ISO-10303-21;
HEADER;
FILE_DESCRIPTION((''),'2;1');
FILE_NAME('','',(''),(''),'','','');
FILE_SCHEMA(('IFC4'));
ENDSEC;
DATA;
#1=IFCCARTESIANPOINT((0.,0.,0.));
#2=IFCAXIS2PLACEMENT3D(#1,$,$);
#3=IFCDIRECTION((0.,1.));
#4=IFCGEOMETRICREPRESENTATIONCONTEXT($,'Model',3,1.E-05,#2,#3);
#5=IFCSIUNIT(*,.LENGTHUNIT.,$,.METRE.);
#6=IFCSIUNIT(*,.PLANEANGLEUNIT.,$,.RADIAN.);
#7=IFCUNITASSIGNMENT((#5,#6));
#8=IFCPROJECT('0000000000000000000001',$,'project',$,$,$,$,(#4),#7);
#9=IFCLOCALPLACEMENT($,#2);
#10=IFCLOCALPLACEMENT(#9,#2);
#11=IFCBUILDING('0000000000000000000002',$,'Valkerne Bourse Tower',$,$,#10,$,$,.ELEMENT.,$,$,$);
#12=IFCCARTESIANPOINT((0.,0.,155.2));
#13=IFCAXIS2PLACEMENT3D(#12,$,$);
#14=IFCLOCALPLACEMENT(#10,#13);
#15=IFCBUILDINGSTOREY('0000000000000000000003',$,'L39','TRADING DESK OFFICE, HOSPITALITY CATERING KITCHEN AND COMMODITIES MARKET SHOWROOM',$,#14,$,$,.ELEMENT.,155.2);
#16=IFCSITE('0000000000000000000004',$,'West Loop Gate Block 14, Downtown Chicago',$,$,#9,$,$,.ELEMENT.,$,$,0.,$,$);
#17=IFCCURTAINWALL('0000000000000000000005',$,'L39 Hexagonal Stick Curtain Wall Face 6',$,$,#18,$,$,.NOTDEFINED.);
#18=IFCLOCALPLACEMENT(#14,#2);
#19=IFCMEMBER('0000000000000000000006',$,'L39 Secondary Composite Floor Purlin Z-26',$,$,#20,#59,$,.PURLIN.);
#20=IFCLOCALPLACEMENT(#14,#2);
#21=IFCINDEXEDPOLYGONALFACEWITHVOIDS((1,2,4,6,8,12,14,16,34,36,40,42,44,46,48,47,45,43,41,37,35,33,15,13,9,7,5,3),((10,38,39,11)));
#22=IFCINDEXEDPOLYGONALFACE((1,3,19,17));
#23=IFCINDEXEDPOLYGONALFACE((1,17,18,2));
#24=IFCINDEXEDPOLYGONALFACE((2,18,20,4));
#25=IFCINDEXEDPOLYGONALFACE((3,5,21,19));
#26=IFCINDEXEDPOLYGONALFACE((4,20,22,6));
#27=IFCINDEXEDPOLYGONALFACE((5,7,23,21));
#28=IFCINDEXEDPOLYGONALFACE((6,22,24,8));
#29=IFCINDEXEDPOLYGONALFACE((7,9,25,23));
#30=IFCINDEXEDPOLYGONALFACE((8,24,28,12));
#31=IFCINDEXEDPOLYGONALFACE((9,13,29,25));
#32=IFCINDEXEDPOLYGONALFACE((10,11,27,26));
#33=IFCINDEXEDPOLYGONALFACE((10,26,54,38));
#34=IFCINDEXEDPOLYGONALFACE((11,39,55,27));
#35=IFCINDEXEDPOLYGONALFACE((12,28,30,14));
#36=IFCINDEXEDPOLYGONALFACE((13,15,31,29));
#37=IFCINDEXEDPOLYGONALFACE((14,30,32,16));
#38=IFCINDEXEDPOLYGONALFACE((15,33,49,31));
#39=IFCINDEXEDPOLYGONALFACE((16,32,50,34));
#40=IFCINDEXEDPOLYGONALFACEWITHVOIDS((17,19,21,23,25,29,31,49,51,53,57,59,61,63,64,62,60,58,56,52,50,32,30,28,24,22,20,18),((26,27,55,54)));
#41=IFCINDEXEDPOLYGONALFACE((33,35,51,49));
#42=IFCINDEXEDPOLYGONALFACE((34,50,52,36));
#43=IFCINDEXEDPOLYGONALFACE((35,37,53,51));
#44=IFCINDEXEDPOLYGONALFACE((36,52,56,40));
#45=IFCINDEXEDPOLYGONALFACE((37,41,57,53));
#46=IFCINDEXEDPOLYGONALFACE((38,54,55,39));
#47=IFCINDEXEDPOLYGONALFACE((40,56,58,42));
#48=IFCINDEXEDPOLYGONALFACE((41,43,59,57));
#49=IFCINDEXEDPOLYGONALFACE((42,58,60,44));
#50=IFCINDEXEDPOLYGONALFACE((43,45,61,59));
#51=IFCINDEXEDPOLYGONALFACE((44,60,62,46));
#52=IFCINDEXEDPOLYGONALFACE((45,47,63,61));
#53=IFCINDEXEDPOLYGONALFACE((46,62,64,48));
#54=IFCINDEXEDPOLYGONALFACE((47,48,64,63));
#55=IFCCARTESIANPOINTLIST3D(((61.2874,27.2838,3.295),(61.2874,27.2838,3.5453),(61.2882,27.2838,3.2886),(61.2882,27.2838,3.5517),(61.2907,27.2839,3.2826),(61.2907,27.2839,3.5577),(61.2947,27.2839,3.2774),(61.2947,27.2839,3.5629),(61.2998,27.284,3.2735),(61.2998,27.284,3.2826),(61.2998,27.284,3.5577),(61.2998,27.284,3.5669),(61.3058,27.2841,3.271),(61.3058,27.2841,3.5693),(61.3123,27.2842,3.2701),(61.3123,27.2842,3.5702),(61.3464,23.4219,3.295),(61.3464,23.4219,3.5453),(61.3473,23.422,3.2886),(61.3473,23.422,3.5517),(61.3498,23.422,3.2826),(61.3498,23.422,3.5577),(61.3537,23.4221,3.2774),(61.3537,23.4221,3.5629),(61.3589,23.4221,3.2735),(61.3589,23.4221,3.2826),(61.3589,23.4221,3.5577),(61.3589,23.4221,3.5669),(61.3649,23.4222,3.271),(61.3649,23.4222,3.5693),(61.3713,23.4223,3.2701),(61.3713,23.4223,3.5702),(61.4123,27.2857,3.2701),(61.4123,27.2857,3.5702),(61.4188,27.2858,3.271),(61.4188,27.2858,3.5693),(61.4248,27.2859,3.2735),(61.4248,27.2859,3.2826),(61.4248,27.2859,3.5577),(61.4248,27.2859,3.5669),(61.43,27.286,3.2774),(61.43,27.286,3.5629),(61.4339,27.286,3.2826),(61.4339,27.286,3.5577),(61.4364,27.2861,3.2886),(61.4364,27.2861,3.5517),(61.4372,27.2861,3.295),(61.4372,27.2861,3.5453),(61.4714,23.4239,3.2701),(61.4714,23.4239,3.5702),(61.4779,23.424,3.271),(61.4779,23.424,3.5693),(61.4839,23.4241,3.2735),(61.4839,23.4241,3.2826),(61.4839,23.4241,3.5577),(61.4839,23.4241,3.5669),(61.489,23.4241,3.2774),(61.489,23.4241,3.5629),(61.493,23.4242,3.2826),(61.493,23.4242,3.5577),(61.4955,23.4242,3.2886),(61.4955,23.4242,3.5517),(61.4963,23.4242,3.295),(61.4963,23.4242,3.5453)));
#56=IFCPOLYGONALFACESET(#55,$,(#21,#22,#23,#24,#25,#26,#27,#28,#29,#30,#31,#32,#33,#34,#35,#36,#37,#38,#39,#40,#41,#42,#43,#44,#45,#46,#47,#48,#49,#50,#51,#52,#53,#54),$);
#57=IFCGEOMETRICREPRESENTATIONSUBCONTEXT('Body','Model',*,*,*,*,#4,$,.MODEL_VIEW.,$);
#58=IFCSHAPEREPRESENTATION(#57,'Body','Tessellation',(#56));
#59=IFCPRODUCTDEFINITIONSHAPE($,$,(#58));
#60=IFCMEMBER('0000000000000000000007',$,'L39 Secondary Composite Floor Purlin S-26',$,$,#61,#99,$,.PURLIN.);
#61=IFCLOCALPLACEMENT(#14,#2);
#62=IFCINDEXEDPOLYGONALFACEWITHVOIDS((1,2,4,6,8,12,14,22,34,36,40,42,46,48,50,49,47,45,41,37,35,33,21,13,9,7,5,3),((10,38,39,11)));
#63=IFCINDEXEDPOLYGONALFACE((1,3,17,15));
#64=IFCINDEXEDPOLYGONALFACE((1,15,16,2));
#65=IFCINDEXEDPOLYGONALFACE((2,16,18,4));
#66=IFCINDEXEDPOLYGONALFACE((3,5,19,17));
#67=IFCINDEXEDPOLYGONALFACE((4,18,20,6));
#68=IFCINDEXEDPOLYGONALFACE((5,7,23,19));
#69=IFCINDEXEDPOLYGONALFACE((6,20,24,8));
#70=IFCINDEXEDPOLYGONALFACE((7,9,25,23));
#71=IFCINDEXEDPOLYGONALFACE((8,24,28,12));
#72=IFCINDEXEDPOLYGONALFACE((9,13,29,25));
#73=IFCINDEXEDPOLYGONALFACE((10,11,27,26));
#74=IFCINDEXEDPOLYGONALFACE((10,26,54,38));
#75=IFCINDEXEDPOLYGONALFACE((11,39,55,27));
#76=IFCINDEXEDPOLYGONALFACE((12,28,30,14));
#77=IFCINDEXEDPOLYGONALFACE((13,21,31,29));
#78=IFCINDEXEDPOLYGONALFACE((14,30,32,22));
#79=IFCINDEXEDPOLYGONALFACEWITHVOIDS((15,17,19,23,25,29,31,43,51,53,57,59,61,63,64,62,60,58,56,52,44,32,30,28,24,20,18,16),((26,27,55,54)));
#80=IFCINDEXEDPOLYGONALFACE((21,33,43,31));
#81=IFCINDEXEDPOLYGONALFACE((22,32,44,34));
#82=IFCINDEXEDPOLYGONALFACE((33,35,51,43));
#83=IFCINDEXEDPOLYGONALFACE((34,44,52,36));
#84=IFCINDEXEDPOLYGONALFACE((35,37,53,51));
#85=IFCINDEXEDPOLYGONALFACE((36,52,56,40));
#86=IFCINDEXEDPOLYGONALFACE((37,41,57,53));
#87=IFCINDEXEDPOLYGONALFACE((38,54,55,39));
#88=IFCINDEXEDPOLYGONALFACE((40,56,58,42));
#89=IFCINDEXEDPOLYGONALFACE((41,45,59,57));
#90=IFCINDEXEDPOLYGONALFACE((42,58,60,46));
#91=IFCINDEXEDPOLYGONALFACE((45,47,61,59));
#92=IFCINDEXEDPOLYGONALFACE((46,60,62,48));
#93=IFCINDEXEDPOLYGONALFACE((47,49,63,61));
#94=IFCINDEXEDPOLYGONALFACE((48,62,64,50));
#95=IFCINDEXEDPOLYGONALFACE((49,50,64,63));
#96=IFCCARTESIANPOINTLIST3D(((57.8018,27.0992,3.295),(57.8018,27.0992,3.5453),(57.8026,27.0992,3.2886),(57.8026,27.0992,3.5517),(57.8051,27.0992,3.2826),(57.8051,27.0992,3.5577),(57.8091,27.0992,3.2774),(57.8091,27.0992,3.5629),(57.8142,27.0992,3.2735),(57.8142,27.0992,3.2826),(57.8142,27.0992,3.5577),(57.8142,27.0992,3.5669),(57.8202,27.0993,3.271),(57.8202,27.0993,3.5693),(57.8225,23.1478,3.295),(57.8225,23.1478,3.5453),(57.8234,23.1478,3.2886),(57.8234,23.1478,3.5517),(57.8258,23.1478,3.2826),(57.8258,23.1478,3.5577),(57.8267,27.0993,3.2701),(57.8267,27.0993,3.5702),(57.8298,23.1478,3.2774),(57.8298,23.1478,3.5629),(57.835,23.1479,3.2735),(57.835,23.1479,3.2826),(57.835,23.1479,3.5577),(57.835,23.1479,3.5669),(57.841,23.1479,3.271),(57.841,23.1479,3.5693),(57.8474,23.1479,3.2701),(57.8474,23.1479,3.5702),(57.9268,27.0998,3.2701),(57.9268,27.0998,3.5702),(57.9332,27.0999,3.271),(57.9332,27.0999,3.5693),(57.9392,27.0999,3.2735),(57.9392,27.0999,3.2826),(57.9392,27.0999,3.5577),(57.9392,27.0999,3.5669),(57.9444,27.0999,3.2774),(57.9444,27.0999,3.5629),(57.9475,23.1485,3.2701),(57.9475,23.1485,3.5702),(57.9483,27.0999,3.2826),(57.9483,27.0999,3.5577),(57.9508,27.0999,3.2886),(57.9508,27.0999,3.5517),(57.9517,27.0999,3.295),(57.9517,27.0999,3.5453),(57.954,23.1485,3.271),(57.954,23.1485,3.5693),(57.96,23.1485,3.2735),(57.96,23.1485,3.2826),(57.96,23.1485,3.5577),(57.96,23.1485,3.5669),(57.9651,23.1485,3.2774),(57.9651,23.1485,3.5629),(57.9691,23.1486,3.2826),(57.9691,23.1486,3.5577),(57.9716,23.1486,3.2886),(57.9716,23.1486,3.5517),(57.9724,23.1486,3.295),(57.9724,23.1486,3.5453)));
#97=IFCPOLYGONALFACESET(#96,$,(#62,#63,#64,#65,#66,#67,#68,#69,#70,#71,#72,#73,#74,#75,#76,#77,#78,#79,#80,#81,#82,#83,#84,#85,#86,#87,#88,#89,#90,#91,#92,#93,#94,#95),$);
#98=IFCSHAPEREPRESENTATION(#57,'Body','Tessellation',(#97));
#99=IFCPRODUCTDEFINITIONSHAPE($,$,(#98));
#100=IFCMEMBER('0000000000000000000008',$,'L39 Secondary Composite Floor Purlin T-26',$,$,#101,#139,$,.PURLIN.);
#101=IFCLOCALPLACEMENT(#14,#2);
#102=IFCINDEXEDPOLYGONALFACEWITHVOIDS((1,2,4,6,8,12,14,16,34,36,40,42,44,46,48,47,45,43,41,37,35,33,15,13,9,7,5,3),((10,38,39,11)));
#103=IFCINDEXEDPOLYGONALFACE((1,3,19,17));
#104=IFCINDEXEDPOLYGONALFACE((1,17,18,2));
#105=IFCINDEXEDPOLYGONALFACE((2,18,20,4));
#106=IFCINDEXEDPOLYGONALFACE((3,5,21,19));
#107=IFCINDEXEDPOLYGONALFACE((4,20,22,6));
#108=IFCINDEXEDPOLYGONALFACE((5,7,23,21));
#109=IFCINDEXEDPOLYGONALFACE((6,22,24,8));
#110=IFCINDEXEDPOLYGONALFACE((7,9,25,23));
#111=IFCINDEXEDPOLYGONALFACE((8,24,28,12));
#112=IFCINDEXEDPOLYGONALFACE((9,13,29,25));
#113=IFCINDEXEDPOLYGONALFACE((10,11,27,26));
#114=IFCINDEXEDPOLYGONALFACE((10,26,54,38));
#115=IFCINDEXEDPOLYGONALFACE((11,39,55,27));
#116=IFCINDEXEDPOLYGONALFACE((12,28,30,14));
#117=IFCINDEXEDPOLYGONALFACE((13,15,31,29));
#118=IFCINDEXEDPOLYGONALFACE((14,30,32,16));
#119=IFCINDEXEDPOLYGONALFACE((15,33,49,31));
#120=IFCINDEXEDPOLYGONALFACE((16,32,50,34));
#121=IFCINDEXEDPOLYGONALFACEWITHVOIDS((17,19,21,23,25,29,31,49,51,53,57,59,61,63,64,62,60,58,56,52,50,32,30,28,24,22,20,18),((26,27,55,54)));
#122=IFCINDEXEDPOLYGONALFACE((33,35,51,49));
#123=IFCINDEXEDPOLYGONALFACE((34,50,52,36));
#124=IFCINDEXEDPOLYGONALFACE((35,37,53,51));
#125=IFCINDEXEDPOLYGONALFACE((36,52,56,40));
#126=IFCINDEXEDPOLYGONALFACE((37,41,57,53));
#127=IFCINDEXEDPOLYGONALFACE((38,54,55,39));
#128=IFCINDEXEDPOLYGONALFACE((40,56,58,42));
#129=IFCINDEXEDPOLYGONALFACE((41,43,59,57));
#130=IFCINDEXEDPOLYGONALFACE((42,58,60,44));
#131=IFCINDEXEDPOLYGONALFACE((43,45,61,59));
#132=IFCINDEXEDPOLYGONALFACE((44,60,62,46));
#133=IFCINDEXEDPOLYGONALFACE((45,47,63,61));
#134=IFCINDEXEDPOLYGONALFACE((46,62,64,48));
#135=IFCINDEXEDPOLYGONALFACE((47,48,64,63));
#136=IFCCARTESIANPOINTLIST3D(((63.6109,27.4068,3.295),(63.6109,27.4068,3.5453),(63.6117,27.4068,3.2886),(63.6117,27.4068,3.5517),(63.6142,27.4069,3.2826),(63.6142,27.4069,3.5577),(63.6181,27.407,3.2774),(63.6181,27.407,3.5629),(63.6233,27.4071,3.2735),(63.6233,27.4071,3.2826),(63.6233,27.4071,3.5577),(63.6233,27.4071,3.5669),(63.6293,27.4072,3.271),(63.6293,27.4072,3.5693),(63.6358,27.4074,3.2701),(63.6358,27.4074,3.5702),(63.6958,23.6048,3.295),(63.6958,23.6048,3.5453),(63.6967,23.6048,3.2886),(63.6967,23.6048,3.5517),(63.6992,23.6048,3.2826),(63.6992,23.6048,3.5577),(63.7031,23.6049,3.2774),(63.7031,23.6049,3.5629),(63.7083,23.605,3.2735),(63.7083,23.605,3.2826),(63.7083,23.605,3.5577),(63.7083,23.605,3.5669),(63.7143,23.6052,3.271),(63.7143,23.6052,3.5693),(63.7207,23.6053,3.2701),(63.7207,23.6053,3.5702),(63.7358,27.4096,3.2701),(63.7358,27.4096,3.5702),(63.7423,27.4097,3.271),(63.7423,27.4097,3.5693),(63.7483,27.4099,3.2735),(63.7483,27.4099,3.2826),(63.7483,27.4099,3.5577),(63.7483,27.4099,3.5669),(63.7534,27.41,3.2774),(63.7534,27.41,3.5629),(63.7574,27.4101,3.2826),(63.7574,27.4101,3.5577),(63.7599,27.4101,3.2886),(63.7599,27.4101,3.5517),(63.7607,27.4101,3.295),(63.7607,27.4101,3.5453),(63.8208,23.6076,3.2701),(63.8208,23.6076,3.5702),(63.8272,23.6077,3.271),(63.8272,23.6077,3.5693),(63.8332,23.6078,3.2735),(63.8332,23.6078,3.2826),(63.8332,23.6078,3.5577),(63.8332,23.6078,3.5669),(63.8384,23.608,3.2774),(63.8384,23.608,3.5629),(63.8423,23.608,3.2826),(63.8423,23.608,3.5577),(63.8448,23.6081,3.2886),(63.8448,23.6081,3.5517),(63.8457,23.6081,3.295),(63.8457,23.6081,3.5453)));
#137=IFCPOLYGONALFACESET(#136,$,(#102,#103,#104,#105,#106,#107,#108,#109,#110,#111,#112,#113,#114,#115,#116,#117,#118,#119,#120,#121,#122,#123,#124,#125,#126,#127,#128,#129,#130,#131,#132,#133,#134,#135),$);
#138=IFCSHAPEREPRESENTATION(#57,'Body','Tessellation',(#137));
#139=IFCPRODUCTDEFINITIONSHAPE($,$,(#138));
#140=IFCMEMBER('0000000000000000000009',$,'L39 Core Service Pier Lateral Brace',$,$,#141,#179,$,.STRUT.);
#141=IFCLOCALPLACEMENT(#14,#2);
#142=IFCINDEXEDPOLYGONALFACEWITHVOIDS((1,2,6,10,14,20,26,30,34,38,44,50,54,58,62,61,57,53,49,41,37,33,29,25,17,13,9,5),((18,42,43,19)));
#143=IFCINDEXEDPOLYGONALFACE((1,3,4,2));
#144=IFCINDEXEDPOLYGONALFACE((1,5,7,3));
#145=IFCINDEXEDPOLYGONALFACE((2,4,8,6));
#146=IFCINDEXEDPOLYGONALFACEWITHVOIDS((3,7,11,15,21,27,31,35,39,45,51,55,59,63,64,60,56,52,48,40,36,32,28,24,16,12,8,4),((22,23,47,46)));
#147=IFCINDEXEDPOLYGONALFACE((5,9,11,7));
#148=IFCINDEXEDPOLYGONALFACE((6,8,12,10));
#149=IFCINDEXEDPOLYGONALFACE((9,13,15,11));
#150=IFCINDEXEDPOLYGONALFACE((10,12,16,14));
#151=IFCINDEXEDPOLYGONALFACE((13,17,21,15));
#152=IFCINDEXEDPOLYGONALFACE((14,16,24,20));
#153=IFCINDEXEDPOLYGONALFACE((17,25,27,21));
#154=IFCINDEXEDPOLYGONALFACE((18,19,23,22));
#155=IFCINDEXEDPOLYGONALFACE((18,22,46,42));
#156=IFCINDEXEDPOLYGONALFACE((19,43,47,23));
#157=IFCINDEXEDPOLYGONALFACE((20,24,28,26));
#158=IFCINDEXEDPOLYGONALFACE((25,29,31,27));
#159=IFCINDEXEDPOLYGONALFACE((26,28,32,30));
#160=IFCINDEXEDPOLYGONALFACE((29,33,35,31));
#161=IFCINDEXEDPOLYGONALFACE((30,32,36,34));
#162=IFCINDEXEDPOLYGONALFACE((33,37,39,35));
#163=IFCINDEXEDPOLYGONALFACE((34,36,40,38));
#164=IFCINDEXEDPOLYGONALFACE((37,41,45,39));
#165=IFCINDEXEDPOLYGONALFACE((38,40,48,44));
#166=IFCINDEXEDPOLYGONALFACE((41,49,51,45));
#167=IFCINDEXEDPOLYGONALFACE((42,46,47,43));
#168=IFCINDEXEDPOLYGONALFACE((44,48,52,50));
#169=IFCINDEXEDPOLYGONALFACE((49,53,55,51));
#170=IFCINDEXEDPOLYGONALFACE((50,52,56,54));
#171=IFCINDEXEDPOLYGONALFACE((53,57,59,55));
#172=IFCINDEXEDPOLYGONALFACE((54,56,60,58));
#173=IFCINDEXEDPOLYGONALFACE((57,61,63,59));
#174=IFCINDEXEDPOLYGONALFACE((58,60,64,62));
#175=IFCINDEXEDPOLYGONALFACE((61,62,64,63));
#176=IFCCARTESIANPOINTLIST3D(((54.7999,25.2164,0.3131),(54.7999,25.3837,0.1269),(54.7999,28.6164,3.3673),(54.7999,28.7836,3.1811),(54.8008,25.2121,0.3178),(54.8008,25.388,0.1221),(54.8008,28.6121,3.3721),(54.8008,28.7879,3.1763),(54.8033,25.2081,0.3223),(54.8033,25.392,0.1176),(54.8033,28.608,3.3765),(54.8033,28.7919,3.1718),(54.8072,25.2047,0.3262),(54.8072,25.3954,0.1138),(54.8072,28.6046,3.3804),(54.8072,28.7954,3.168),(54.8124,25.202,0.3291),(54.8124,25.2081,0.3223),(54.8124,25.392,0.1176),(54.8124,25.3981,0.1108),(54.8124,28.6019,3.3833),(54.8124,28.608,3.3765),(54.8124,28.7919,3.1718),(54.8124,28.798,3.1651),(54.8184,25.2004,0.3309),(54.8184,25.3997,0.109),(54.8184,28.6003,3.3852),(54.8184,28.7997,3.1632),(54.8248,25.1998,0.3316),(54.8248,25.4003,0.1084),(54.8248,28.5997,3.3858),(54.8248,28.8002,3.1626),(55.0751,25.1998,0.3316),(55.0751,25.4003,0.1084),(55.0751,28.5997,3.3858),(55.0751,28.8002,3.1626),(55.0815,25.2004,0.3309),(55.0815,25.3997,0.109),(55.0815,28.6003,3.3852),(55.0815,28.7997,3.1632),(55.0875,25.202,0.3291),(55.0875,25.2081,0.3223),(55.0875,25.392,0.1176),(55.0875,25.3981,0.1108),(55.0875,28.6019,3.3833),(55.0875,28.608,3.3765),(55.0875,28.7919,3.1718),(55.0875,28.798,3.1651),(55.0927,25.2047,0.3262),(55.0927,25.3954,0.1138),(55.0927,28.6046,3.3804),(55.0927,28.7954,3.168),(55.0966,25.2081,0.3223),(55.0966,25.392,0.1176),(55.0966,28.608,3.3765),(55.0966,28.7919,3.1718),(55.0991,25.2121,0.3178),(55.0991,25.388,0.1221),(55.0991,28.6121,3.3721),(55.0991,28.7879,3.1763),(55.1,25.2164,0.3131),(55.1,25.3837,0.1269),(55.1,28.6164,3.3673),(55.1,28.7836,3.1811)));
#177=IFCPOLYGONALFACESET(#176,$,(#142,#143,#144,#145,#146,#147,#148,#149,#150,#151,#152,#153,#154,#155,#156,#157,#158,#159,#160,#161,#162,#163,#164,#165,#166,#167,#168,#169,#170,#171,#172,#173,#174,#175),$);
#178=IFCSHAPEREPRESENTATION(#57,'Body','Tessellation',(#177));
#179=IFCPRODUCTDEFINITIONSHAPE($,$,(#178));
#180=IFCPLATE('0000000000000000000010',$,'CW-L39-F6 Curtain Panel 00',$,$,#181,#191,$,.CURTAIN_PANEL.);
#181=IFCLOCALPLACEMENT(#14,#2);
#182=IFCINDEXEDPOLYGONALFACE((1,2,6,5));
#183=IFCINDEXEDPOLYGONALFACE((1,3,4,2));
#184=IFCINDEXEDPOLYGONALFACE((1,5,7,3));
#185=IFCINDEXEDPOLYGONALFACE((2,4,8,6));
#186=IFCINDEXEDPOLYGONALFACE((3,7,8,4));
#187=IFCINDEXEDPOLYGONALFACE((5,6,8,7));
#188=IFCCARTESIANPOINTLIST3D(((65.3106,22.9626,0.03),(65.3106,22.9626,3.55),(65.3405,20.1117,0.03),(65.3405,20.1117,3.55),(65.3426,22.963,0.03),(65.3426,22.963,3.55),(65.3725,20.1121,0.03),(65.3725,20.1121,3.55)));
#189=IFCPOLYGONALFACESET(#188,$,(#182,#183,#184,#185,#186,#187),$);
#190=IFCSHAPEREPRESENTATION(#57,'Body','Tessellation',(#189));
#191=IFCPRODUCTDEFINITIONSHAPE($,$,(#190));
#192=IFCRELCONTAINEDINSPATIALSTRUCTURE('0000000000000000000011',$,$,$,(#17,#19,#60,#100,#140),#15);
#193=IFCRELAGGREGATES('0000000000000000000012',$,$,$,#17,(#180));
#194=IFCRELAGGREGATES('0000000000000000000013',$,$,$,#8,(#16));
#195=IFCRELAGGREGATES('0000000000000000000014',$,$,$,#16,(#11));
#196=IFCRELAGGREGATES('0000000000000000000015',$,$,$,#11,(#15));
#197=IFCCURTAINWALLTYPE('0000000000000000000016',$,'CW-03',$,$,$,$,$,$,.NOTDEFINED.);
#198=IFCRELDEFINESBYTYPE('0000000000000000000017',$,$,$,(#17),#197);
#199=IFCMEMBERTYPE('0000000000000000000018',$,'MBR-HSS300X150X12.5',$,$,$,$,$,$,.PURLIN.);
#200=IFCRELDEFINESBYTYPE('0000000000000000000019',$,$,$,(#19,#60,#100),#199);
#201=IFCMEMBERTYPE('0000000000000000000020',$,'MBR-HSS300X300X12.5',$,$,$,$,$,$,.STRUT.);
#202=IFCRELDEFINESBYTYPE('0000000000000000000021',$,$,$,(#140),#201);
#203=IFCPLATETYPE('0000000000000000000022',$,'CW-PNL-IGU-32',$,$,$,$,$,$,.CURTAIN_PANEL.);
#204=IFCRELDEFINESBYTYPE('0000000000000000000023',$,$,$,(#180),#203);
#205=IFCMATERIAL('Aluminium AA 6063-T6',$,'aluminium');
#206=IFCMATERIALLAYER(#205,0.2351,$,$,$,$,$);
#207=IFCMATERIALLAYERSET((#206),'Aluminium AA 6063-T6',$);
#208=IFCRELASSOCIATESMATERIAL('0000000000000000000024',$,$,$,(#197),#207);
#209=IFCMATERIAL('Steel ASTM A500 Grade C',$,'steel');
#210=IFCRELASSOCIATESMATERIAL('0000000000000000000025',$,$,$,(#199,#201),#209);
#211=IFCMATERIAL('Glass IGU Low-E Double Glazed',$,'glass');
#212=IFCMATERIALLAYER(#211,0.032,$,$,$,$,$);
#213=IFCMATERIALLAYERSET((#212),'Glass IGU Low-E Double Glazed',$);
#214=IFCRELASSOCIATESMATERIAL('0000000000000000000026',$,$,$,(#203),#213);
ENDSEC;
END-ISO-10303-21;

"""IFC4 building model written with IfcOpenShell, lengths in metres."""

from ifc_helpers import new_model, si_unit, direction, frame, origin, origin_2d, place, context, subcontext, project, spatial, rectangle, hollow_rectangle, extrude, material, layer, layer_set, material_profile, profile_set, type_object, element, aggregate, save


model = new_model("IFC4")

# Units and contexts
model_context = context("Model", 3, precision=1e-05, world=origin(), true_north=direction((0.0, 1.0)))
body_context = subcontext(model_context, "Body", "Model", "MODEL_VIEW")
ifc_project = project(units=[si_unit("LENGTHUNIT", "METRE"), si_unit("PLANEANGLEUNIT", "RADIAN")], contexts=[model_context])

# Site, building, storey
site_placement = place(None, origin())
site = spatial("IfcSite", under=ifc_project, at=site_placement, Name="West Loop Gate Block 14, Downtown Chicago", CompositionType="ELEMENT", RefElevation=0.0)
building_placement = place(site_placement, origin())
building = spatial("IfcBuilding", under=site, at=building_placement, Name="Valkerne Bourse Tower", CompositionType="ELEMENT")
storey_placement = place(building_placement, frame((0.0, 0.0, 155.2)))
storey = spatial("IfcBuildingStorey", under=building, at=storey_placement, Name="L39", Description="TRADING DESK OFFICE, HOSPITALITY CATERING KITCHEN AND COMMODITIES MARKET SHOWROOM", CompositionType="ELEMENT", Elevation=155.2)

# Curtain wall
ifc_material_1 = material(Name="Aluminium AA 6063-T6", Category="aluminium")
ifc_layer_1 = layer(ifc_material_1, 0.2351)
ifc_layer_set_1 = layer_set([ifc_layer_1], Name="Aluminium AA 6063-T6")
curtain_wall_type = type_object("IfcCurtainWallType", Name="CW-03", PredefinedType="NOTDEFINED", material=ifc_layer_set_1)
curtain_wall_placement = place(storey_placement, origin())
curtain_wall = element("IfcCurtainWall", 1, at=curtain_wall_placement, inside=storey, type_object=curtain_wall_type, Name="L39 Hexagonal Stick Curtain Wall Face 6", PredefinedType="NOTDEFINED")

# Members
ifc_material_2 = material(Name="Steel ASTM A500 Grade C", Category="steel")
ifc_material_profile_1 = material_profile(ifc_material_2, hollow_rectangle(XDim=0.1499, YDim=0.3, WallThickness=0.0125, OuterFilletRadius=0.0249, at=origin_2d()), Name="HSS300X150X12.5")
ifc_profile_set_1 = profile_set([ifc_material_profile_1], Name="Steel ASTM A500 Grade C")
member_type_1 = type_object("IfcMemberType", Name="MBR-HSS300X150X12.5", PredefinedType="PURLIN", material=ifc_profile_set_1)
member_1_placement = place(storey_placement, frame((61.4214, 23.4231, 3.4202), z_axis=(-0.015297, 0.999883, 0.0), x_axis=(-0.999883, -0.015297, 0.0)))
element("IfcMember", 2, at=member_1_placement, inside=storey, type_object=member_type_1, Name="L39 Secondary Composite Floor Purlin Z-26", PredefinedType="PURLIN", context=body_context, shape_type="SweptSolid", body=[
    extrude(hollow_rectangle(XDim=0.1499, YDim=0.3, WallThickness=0.0125, OuterFilletRadius=0.0249, at=origin_2d()), origin(), (0.0, 0.0, 1.0), 3.8623),
])
member_2_placement = place(storey_placement, frame((57.8975, 23.1482, 3.4202), z_axis=(-0.005252, 0.999986, 0.0), x_axis=(-0.999986, -0.005252, 0.0)))
element("IfcMember", 3, at=member_2_placement, inside=storey, type_object=member_type_1, Name="L39 Secondary Composite Floor Purlin S-26", PredefinedType="PURLIN", context=body_context, shape_type="SweptSolid", body=[
    extrude(hollow_rectangle(XDim=0.1499, YDim=0.3, WallThickness=0.0125, OuterFilletRadius=0.0249, at=origin_2d()), origin(), (0.0, 0.0, 1.0), 3.9514),
])
member_3_placement = place(storey_placement, frame((63.7708, 23.6064, 3.4202), z_axis=(-0.022341, 0.99975, 0.0), x_axis=(-0.99975, -0.022341, 0.0)))
element("IfcMember", 4, at=member_3_placement, inside=storey, type_object=member_type_1, Name="L39 Secondary Composite Floor Purlin T-26", PredefinedType="PURLIN", context=body_context, shape_type="SweptSolid", body=[
    extrude(hollow_rectangle(XDim=0.1499, YDim=0.3, WallThickness=0.0125, OuterFilletRadius=0.0249, at=origin_2d()), origin(), (0.0, 0.0, 1.0), 3.803),
])
ifc_material_profile_2 = material_profile(ifc_material_2, hollow_rectangle(XDim=0.3, YDim=0.3, WallThickness=0.0125, OuterFilletRadius=0.0249, at=origin_2d()), Name="HSS300X300X12.5")
ifc_profile_set_2 = profile_set([ifc_material_profile_2], Name="Steel ASTM A500 Grade C")
member_type_2 = type_object("IfcMemberType", Name="MBR-HSS300X300X12.5", PredefinedType="STRUT", material=ifc_profile_set_2)
member_4_placement = place(storey_placement, frame((54.95, 25.3, 0.22), z_axis=(0.0, 0.743915, 0.668274), x_axis=(-1.0, 0.0, 0.0)))
element("IfcMember", 5, at=member_4_placement, inside=storey, type_object=member_type_2, Name="L39 Core Service Pier Lateral Brace", PredefinedType="STRUT", context=body_context, shape_type="SweptSolid", body=[
    extrude(hollow_rectangle(XDim=0.3, YDim=0.3, WallThickness=0.0125, OuterFilletRadius=0.0249, at=origin_2d()), origin(), (0.0, 0.0, 1.0), 4.5703),
])

# Plate
ifc_material_3 = material(Name="Glass IGU Low-E Double Glazed", Category="glass")
ifc_layer_2 = layer(ifc_material_3, 0.032)
ifc_layer_set_2 = layer_set([ifc_layer_2], Name="Glass IGU Low-E Double Glazed")
plate_type_1 = type_object("IfcPlateType", Name="CW-PNL-IGU-32", PredefinedType="CURTAIN_PANEL", material=ifc_layer_set_2)
plate_1_placement = place(storey_placement, frame((65.3416, 21.5374, 0.03), z_axis=(0.0, 0.0, 1.0), x_axis=(-0.010475, 0.999945, 0.0)))
plate_1 = element("IfcPlate", 6, at=plate_1_placement, type_object=plate_type_1, Name="CW-L39-F6 Curtain Panel 00", PredefinedType="CURTAIN_PANEL", context=body_context, shape_type="SweptSolid", body=[
    extrude(rectangle(XDim=2.8511, YDim=0.032, at=origin_2d()), origin(), (0.0, 0.0, 1.0), 3.52),
])
aggregate(curtain_wall, [plate_1])

save(model, "model.ifc")
